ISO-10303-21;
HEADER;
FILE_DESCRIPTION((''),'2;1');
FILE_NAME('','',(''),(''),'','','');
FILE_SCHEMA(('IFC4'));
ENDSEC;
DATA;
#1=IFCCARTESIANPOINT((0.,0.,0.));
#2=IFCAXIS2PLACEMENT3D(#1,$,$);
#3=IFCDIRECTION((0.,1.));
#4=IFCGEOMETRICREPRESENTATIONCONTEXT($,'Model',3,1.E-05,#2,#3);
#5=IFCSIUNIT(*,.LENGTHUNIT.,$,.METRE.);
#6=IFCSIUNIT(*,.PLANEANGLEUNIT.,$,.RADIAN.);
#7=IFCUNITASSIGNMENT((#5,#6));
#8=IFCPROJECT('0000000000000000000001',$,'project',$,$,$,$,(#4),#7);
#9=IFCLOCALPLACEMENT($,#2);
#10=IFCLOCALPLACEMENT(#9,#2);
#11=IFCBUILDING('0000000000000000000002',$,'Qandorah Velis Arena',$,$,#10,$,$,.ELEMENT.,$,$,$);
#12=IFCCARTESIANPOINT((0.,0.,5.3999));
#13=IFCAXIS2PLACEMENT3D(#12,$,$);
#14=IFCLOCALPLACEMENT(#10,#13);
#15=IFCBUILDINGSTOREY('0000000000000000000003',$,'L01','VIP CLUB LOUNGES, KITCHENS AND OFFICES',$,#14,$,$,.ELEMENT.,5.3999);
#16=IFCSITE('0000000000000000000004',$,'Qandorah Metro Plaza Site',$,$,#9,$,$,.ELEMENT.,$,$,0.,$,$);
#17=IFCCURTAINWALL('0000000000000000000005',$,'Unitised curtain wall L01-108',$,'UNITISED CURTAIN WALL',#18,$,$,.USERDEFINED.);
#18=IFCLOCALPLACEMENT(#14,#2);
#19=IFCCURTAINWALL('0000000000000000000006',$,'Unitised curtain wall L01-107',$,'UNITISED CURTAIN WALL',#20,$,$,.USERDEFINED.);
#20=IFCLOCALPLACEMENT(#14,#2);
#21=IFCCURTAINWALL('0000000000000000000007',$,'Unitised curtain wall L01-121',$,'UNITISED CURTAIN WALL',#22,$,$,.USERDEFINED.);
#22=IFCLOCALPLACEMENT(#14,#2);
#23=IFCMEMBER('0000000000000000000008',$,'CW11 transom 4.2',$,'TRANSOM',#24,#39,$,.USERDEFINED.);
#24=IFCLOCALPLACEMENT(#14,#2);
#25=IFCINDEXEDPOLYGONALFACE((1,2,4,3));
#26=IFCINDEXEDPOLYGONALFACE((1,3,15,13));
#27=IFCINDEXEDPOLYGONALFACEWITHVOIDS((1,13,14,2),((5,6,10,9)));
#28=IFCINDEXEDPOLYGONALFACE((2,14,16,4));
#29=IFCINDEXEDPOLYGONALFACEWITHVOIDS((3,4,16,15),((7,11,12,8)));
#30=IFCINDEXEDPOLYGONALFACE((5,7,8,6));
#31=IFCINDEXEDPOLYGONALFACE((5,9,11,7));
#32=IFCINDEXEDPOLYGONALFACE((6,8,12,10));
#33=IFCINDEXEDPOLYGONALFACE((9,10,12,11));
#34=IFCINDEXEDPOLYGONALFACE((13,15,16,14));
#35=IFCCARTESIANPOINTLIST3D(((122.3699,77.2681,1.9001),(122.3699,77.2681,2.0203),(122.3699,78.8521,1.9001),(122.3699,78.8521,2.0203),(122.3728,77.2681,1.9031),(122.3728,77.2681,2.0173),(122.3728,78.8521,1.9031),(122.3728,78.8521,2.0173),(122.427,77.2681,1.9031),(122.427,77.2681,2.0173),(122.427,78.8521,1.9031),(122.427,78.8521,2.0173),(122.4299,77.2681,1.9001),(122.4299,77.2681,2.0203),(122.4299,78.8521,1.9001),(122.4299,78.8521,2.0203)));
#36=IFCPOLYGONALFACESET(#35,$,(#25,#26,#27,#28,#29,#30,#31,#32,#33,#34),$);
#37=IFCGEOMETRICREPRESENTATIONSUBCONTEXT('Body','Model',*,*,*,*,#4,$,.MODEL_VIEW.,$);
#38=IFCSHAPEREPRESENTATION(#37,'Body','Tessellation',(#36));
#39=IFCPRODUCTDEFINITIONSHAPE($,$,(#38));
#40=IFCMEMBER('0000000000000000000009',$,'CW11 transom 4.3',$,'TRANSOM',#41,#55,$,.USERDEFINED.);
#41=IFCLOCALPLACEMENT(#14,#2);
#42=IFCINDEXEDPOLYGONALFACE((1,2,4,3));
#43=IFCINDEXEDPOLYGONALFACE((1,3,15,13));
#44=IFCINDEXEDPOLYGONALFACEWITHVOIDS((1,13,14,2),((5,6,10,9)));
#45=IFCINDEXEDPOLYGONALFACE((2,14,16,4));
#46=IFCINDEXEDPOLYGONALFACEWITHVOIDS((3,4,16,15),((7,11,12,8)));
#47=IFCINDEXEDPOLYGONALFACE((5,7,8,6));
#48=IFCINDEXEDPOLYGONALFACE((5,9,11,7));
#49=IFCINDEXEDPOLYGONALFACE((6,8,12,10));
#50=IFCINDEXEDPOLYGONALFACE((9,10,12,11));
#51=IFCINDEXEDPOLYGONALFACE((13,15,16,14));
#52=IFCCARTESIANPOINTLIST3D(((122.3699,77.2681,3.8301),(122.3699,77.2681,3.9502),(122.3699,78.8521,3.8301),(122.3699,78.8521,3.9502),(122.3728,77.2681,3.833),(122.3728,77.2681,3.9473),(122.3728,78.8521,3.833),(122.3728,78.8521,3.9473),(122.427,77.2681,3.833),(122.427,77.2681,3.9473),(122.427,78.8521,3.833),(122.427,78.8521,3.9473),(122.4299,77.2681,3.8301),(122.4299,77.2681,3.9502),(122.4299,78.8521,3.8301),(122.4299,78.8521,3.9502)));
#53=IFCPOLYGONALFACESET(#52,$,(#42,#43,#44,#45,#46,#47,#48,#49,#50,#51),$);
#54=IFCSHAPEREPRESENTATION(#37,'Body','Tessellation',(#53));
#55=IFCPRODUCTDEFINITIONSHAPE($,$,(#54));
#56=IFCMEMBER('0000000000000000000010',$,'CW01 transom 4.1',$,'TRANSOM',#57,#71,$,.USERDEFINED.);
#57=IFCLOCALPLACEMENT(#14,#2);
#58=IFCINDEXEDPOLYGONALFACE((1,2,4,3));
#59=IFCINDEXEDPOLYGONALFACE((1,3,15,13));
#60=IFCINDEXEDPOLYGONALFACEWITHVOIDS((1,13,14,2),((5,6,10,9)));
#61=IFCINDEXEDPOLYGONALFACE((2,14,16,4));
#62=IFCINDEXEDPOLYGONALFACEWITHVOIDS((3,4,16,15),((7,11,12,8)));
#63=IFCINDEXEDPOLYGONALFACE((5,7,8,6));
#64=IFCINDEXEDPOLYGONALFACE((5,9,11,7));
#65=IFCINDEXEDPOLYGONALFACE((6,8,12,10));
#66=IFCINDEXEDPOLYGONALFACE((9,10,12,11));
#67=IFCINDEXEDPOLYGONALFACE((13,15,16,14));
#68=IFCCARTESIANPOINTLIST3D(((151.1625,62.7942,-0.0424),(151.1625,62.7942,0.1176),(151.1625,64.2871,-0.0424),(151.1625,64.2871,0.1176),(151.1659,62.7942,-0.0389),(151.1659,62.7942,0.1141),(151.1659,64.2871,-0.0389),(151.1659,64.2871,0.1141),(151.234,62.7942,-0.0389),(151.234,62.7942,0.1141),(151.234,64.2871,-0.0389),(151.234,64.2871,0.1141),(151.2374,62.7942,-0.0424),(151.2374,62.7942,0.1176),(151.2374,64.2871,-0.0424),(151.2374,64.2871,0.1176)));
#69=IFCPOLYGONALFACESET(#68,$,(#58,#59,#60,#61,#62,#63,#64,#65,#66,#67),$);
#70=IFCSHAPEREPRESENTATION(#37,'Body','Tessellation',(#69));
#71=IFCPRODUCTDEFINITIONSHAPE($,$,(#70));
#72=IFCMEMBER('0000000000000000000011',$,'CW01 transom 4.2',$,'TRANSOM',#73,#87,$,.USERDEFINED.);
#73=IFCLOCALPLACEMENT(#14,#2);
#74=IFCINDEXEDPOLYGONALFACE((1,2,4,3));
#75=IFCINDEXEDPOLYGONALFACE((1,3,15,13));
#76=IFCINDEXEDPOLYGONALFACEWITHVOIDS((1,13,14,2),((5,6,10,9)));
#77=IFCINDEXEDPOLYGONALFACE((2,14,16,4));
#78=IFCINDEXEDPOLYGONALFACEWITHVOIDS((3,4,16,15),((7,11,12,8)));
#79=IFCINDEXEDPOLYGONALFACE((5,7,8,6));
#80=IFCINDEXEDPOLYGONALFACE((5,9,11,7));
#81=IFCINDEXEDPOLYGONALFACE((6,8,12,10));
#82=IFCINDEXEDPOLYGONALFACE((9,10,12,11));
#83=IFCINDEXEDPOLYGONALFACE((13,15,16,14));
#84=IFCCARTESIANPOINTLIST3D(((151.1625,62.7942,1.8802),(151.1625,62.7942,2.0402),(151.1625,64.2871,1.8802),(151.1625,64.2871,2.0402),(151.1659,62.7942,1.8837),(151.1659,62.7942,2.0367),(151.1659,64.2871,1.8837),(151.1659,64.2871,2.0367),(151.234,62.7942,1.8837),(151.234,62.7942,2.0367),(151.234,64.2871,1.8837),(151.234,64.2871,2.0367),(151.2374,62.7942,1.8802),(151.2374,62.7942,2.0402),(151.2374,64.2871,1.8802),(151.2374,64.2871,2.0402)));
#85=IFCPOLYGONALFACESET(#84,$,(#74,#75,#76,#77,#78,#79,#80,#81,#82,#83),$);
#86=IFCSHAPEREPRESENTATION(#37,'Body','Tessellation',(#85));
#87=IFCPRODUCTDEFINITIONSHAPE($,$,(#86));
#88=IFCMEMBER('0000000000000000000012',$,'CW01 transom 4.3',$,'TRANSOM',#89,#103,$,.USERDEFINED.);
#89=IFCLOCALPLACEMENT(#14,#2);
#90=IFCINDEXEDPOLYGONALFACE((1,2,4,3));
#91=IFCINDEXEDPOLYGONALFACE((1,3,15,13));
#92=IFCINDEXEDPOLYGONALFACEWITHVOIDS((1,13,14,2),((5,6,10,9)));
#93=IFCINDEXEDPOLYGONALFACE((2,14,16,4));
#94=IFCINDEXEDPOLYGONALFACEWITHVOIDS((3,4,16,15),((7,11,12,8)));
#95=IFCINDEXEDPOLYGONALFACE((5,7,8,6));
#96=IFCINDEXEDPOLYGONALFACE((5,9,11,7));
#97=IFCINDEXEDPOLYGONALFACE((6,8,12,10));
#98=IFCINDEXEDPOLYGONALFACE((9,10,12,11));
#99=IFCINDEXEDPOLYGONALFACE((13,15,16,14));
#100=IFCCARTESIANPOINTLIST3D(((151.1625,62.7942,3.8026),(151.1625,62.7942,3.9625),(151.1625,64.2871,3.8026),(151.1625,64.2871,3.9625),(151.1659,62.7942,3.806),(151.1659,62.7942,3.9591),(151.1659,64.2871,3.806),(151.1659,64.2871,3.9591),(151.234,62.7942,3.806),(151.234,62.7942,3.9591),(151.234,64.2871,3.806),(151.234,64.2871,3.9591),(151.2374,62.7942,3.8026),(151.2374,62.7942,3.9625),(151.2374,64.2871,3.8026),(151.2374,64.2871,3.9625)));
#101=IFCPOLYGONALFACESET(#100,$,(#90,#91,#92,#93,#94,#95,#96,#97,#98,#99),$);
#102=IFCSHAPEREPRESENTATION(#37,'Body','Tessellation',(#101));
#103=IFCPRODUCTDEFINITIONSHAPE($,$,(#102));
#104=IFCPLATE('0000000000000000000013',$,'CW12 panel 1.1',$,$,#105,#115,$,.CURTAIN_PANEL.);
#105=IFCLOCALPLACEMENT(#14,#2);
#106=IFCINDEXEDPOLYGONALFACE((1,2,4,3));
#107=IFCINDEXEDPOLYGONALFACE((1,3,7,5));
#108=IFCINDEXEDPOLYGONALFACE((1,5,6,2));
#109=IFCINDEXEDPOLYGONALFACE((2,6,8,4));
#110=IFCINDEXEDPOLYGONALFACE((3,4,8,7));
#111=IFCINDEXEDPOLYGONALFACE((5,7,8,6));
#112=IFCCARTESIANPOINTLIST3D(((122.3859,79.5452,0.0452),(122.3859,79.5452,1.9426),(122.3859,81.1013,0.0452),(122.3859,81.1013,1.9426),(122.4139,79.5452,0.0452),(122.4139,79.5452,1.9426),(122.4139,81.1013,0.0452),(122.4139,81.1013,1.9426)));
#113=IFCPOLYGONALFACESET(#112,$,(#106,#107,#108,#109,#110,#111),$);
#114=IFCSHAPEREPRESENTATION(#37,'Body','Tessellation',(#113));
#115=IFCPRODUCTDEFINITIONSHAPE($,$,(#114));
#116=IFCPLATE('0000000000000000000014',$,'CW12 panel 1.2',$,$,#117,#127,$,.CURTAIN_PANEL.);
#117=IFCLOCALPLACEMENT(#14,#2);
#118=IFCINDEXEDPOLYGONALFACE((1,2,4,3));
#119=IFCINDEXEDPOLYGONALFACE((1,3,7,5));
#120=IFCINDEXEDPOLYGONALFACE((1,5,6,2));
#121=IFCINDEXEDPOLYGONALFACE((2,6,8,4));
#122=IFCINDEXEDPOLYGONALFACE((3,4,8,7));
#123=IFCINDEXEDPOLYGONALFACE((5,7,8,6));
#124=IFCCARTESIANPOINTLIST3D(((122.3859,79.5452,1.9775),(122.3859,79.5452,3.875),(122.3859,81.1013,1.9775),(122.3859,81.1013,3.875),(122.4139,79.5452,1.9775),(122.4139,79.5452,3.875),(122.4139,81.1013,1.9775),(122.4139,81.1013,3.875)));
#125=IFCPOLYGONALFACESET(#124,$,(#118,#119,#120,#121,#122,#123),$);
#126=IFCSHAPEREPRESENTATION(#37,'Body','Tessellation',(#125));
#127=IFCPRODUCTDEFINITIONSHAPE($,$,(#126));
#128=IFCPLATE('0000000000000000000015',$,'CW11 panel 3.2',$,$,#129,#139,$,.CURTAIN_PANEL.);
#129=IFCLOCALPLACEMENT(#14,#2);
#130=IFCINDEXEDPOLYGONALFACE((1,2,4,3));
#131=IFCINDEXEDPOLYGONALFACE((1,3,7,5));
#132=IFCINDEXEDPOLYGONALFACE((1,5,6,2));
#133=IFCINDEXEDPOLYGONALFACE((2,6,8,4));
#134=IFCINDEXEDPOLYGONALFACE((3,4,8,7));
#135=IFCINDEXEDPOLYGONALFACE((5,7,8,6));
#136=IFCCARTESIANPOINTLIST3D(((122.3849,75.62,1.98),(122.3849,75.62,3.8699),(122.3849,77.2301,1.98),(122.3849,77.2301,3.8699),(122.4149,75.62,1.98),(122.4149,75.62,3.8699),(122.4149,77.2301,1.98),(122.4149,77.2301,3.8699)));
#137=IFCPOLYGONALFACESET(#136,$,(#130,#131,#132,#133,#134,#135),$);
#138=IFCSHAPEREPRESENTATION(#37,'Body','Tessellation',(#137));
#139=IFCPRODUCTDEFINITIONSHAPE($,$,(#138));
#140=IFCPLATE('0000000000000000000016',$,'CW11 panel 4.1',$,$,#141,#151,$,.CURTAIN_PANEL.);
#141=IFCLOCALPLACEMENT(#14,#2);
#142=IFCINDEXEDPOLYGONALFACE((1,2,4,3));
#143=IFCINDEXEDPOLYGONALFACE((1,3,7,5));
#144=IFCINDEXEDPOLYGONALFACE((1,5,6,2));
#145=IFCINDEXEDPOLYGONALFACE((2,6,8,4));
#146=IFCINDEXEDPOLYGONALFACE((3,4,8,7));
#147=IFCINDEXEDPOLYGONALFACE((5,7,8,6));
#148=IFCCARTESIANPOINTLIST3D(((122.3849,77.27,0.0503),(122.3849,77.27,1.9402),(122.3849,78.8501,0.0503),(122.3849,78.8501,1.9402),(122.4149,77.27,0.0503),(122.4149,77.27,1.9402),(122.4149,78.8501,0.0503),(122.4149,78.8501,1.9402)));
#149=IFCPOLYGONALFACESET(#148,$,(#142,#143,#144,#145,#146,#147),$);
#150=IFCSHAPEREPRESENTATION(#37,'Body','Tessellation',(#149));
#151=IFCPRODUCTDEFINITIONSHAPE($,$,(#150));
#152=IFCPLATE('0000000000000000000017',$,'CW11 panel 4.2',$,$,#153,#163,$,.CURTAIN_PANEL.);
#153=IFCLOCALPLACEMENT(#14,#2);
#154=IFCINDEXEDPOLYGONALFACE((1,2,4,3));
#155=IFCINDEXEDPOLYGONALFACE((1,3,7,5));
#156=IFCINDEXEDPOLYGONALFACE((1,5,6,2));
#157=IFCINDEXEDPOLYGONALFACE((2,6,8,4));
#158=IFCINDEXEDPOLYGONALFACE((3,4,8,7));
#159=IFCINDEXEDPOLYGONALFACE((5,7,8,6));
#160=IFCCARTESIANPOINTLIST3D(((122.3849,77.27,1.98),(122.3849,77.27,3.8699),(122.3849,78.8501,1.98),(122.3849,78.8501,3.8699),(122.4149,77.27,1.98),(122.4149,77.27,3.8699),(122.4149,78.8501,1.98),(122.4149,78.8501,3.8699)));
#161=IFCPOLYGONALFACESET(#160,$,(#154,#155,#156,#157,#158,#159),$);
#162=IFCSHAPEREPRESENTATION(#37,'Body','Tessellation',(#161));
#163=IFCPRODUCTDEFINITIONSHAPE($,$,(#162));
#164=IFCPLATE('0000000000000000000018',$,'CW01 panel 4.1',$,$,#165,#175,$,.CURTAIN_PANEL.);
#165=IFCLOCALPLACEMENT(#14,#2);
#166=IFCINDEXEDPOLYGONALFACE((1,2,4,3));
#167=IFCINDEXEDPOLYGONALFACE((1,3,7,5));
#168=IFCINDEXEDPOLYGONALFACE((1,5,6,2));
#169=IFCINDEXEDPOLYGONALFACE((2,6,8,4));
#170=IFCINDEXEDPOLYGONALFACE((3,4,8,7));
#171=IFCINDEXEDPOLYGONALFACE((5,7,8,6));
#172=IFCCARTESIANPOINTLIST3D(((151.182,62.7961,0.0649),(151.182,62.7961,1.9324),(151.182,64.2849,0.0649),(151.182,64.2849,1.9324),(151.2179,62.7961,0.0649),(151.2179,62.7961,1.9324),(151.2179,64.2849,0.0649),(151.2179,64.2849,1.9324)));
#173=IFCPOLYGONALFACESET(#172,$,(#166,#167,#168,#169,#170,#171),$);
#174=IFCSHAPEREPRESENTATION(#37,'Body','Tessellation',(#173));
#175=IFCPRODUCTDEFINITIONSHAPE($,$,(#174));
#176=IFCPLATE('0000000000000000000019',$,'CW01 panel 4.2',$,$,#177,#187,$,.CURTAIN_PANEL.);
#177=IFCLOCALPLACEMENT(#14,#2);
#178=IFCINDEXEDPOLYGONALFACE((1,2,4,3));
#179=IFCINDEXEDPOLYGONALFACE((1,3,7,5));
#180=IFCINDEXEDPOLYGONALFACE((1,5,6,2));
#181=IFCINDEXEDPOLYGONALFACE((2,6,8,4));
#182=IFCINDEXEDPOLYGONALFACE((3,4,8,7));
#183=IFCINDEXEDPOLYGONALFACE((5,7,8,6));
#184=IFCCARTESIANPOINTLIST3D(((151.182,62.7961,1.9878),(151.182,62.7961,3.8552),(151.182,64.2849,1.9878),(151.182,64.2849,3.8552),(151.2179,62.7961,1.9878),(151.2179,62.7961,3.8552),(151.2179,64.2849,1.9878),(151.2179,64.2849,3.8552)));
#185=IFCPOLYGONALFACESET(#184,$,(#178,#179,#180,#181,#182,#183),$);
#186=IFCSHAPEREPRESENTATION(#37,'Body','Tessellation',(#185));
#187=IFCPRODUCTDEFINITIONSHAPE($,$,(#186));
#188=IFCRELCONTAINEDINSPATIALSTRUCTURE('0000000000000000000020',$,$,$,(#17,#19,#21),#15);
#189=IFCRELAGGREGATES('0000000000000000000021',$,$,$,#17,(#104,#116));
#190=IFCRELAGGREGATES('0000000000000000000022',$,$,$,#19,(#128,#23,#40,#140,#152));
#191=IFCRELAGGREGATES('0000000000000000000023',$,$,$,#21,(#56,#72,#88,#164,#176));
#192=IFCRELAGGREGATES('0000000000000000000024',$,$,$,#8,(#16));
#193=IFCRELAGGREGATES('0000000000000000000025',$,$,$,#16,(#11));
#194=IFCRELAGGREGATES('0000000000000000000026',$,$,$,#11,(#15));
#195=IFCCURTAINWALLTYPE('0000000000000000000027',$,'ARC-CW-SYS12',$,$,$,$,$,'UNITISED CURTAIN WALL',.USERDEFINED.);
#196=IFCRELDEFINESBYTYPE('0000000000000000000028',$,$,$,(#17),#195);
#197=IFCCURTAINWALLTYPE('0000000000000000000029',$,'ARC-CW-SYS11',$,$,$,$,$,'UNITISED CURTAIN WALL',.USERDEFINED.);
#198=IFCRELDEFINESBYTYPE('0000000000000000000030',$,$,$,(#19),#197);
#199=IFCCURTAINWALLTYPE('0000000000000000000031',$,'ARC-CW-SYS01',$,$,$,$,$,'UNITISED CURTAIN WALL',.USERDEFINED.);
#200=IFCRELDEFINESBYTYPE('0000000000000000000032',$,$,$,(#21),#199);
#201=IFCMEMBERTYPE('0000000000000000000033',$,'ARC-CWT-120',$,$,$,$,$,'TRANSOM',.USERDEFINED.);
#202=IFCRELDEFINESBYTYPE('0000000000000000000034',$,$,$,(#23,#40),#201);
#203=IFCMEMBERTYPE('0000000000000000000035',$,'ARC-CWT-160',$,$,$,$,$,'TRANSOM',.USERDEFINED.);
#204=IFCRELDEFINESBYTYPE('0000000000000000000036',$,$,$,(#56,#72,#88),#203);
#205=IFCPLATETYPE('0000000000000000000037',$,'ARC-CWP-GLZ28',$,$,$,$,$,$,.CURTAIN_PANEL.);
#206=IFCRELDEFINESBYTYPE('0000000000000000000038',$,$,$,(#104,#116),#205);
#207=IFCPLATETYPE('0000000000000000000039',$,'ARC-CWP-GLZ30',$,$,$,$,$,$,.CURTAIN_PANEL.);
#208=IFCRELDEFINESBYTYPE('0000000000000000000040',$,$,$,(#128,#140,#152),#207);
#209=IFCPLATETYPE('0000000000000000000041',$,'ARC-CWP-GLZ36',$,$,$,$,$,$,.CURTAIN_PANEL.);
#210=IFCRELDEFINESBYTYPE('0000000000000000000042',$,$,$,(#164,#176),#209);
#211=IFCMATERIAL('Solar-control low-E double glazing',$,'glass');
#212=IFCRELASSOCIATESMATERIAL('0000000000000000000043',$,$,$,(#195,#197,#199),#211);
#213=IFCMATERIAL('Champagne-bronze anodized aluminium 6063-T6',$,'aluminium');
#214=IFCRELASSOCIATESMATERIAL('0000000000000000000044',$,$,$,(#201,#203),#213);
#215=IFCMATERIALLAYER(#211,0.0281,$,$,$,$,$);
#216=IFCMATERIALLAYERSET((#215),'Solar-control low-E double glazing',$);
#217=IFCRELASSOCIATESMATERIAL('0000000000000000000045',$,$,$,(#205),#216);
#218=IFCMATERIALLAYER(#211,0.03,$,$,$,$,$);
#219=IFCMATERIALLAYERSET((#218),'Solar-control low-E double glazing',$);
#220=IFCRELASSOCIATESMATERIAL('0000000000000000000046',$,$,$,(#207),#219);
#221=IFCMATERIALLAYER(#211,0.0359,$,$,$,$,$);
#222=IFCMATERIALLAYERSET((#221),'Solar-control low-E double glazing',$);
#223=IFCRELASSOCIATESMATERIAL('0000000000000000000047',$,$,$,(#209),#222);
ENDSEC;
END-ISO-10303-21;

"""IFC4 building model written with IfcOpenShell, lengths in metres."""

from ifc_helpers import new_model, si_unit, direction, frame, origin, origin_2d, place, context, subcontext, project, spatial, rectangle, hollow_rectangle, extrude, material, layer, layer_set, material_profile, profile_set, type_object, element, aggregate, save


model = new_model("IFC4")

# Units and contexts
model_context = context("Model", 3, precision=1e-05, world=origin(), true_north=direction((0.0, 1.0)))
body_context = subcontext(model_context, "Body", "Model", "MODEL_VIEW")
ifc_project = project(units=[si_unit("LENGTHUNIT", "METRE"), si_unit("PLANEANGLEUNIT", "RADIAN")], contexts=[model_context])

# Site, building, storey
site_placement = place(None, origin())
site = spatial("IfcSite", under=ifc_project, at=site_placement, Name="Qandorah Metro Plaza Site", CompositionType="ELEMENT", RefElevation=0.0)
building_placement = place(site_placement, origin())
building = spatial("IfcBuilding", under=site, at=building_placement, Name="Qandorah Velis Arena", CompositionType="ELEMENT")
storey_placement = place(building_placement, frame((0.0, 0.0, 5.3999)))
storey = spatial("IfcBuildingStorey", under=building, at=storey_placement, Name="L01", Description="VIP CLUB LOUNGES, KITCHENS AND OFFICES", CompositionType="ELEMENT", Elevation=5.3999)

# Curtain walls
ifc_material_1 = material(Name="Solar-control low-E double glazing", Category="glass")
curtain_wall_type_1 = type_object("IfcCurtainWallType", Name="ARC-CW-SYS12", ElementType="UNITISED CURTAIN WALL", PredefinedType="USERDEFINED", material=ifc_material_1)
curtain_wall_1_placement = place(storey_placement, origin())
curtain_wall_1 = element("IfcCurtainWall", 1, at=curtain_wall_1_placement, inside=storey, type_object=curtain_wall_type_1, Name="Unitised curtain wall L01-108", ObjectType="UNITISED CURTAIN WALL", PredefinedType="USERDEFINED")
ifc_material_2 = material(Name="Champagne-bronze anodized aluminium 6063-T6", Category="aluminium")
curtain_wall_type_2 = type_object("IfcCurtainWallType", Name="ARC-CW-SYS11", ElementType="UNITISED CURTAIN WALL", PredefinedType="USERDEFINED", material=ifc_material_1)
curtain_wall_2_placement = place(storey_placement, origin())
curtain_wall_2 = element("IfcCurtainWall", 2, at=curtain_wall_2_placement, inside=storey, type_object=curtain_wall_type_2, Name="Unitised curtain wall L01-107", ObjectType="UNITISED CURTAIN WALL", PredefinedType="USERDEFINED")

# Curtain wall
curtain_wall_type_3 = type_object("IfcCurtainWallType", Name="ARC-CW-SYS01", ElementType="UNITISED CURTAIN WALL", PredefinedType="USERDEFINED", material=ifc_material_1)
curtain_wall_3_placement = place(storey_placement, origin())
curtain_wall_3 = element("IfcCurtainWall", 3, at=curtain_wall_3_placement, inside=storey, type_object=curtain_wall_type_3, Name="Unitised curtain wall L01-121", ObjectType="UNITISED CURTAIN WALL", PredefinedType="USERDEFINED")

# Members
ifc_material_profile_1 = material_profile(ifc_material_2, hollow_rectangle(XDim=0.0601, YDim=0.1201, WallThickness=0.0029, at=origin_2d()), Name="ALU TRANSOM 60x120")
ifc_profile_set_1 = profile_set([ifc_material_profile_1], Name="Champagne-bronze anodized aluminium 6063-T6")
member_type_1 = type_object("IfcMemberType", Name="ARC-CWT-120", ElementType="TRANSOM", PredefinedType="USERDEFINED", material=ifc_profile_set_1)
member_1_placement = place(storey_placement, frame((122.3999, 77.2681, 1.9602), z_axis=(0.0, 1.0, 0.0), x_axis=(-1.0, 0.0, 0.0)))
member_1 = element("IfcMember", 4, at=member_1_placement, type_object=member_type_1, Name="CW11 transom 4.2", ObjectType="TRANSOM", PredefinedType="USERDEFINED", context=body_context, shape_type="SweptSolid", body=[
    extrude(hollow_rectangle(XDim=0.0601, YDim=0.1201, WallThickness=0.0029, at=origin_2d()), origin(), (0.0, 0.0, 1.0), 1.584),
])
member_2_placement = place(storey_placement, frame((122.3999, 77.2681, 3.8901), z_axis=(0.0, 1.0, 0.0), x_axis=(-1.0, 0.0, 0.0)))
member_2 = element("IfcMember", 5, at=member_2_placement, type_object=member_type_1, Name="CW11 transom 4.3", ObjectType="TRANSOM", PredefinedType="USERDEFINED", context=body_context, shape_type="SweptSolid", body=[
    extrude(hollow_rectangle(XDim=0.0601, YDim=0.1201, WallThickness=0.0029, at=origin_2d()), origin(), (0.0, 0.0, 1.0), 1.584),
])
ifc_material_profile_2 = material_profile(ifc_material_2, hollow_rectangle(XDim=0.075, YDim=0.1599, WallThickness=0.0034, at=origin_2d()), Name="ALU TRANSOM 75x160")
ifc_profile_set_2 = profile_set([ifc_material_profile_2], Name="Champagne-bronze anodized aluminium 6063-T6")
member_type_2 = type_object("IfcMemberType", Name="ARC-CWT-160", ElementType="TRANSOM", PredefinedType="USERDEFINED", material=ifc_profile_set_2)
member_3_placement = place(storey_placement, frame((151.2, 62.7942, 0.0376), z_axis=(0.0, 1.0, 0.0), x_axis=(-1.0, 0.0, 0.0)))
member_3 = element("IfcMember", 6, at=member_3_placement, type_object=member_type_2, Name="CW01 transom 4.1", ObjectType="TRANSOM", PredefinedType="USERDEFINED", context=body_context, shape_type="SweptSolid", body=[
    extrude(hollow_rectangle(XDim=0.075, YDim=0.1599, WallThickness=0.0034, at=origin_2d()), origin(), (0.0, 0.0, 1.0), 1.4929),
])
member_4_placement = place(storey_placement, frame((151.2, 62.7942, 1.9602), z_axis=(0.0, 1.0, 0.0), x_axis=(-1.0, 0.0, 0.0)))
member_4 = element("IfcMember", 7, at=member_4_placement, type_object=member_type_2, Name="CW01 transom 4.2", ObjectType="TRANSOM", PredefinedType="USERDEFINED", context=body_context, shape_type="SweptSolid", body=[
    extrude(hollow_rectangle(XDim=0.075, YDim=0.1599, WallThickness=0.0034, at=origin_2d()), origin(), (0.0, 0.0, 1.0), 1.4929),
])
member_5_placement = place(storey_placement, frame((151.2, 62.7942, 3.8826), z_axis=(0.0, 1.0, 0.0), x_axis=(-1.0, 0.0, 0.0)))
member_5 = element("IfcMember", 8, at=member_5_placement, type_object=member_type_2, Name="CW01 transom 4.3", ObjectType="TRANSOM", PredefinedType="USERDEFINED", context=body_context, shape_type="SweptSolid", body=[
    extrude(hollow_rectangle(XDim=0.075, YDim=0.1599, WallThickness=0.0034, at=origin_2d()), origin(), (0.0, 0.0, 1.0), 1.4929),
])

# Plates
ifc_layer_1 = layer(ifc_material_1, 0.0281)
ifc_layer_set_1 = layer_set([ifc_layer_1], Name="Solar-control low-E double glazing")
plate_type_1 = type_object("IfcPlateType", Name="ARC-CWP-GLZ28", PredefinedType="CURTAIN_PANEL", material=ifc_layer_set_1)
plate_1_placement = place(storey_placement, frame((122.3999, 80.3232, 0.0452), z_axis=(0.0, 0.0, 1.0), x_axis=(0.0, 1.0, 0.0)))
plate_1 = element("IfcPlate", 9, at=plate_1_placement, type_object=plate_type_1, Name="CW12 panel 1.1", PredefinedType="CURTAIN_PANEL", context=body_context, shape_type="SweptSolid", body=[
    extrude(rectangle(XDim=1.5562, YDim=0.0281, at=origin_2d()), origin(), (0.0, 0.0, 1.0), 1.8975),
])
plate_2_placement = place(storey_placement, frame((122.3999, 80.3232, 1.9775), z_axis=(0.0, 0.0, 1.0), x_axis=(0.0, 1.0, 0.0)))
plate_2 = element("IfcPlate", 10, at=plate_2_placement, type_object=plate_type_1, Name="CW12 panel 1.2", PredefinedType="CURTAIN_PANEL", context=body_context, shape_type="SweptSolid", body=[
    extrude(rectangle(XDim=1.5562, YDim=0.0281, at=origin_2d()), origin(), (0.0, 0.0, 1.0), 1.8975),
])
aggregate(curtain_wall_1, [plate_1, plate_2])
ifc_layer_2 = layer(ifc_material_1, 0.03)
ifc_layer_set_2 = layer_set([ifc_layer_2], Name="Solar-control low-E double glazing")
plate_type_2 = type_object("IfcPlateType", Name="ARC-CWP-GLZ30", PredefinedType="CURTAIN_PANEL", material=ifc_layer_set_2)
plate_3_placement = place(storey_placement, frame((122.3999, 76.425, 1.98), z_axis=(0.0, 0.0, 1.0), x_axis=(0.0, 1.0, 0.0)))
plate_3 = element("IfcPlate", 11, at=plate_3_placement, type_object=plate_type_2, Name="CW11 panel 3.2", PredefinedType="CURTAIN_PANEL", context=body_context, shape_type="SweptSolid", body=[
    extrude(rectangle(XDim=1.6101, YDim=0.03, at=origin_2d()), origin(), (0.0, 0.0, 1.0), 1.8899),
])
plate_4_placement = place(storey_placement, frame((122.3999, 78.0601, 0.0503), z_axis=(0.0, 0.0, 1.0), x_axis=(0.0, 1.0, 0.0)))
plate_4 = element("IfcPlate", 12, at=plate_4_placement, type_object=plate_type_2, Name="CW11 panel 4.1", PredefinedType="CURTAIN_PANEL", context=body_context, shape_type="SweptSolid", body=[
    extrude(rectangle(XDim=1.5801, YDim=0.03, at=origin_2d()), origin(), (0.0, 0.0, 1.0), 1.8899),
])
plate_5_placement = place(storey_placement, frame((122.3999, 78.0601, 1.98), z_axis=(0.0, 0.0, 1.0), x_axis=(0.0, 1.0, 0.0)))
plate_5 = element("IfcPlate", 13, at=plate_5_placement, type_object=plate_type_2, Name="CW11 panel 4.2", PredefinedType="CURTAIN_PANEL", context=body_context, shape_type="SweptSolid", body=[
    extrude(rectangle(XDim=1.5801, YDim=0.03, at=origin_2d()), origin(), (0.0, 0.0, 1.0), 1.8899),
])
aggregate(curtain_wall_2, [plate_3, member_1, member_2, plate_4, plate_5])
ifc_layer_3 = layer(ifc_material_1, 0.0359)
ifc_layer_set_3 = layer_set([ifc_layer_3], Name="Solar-control low-E double glazing")
plate_type_3 = type_object("IfcPlateType", Name="ARC-CWP-GLZ36", PredefinedType="CURTAIN_PANEL", material=ifc_layer_set_3)
plate_6_placement = place(storey_placement, frame((151.2, 63.5405, 0.0649), z_axis=(0.0, 0.0, 1.0), x_axis=(0.0, 1.0, 0.0)))
plate_6 = element("IfcPlate", 14, at=plate_6_placement, type_object=plate_type_3, Name="CW01 panel 4.1", PredefinedType="CURTAIN_PANEL", context=body_context, shape_type="SweptSolid", body=[
    extrude(rectangle(XDim=1.4888, YDim=0.0359, at=origin_2d()), origin(), (0.0, 0.0, 1.0), 1.8674),
])
plate_7_placement = place(storey_placement, frame((151.2, 63.5405, 1.9878), z_axis=(0.0, 0.0, 1.0), x_axis=(0.0, 1.0, 0.0)))
plate_7 = element("IfcPlate", 15, at=plate_7_placement, type_object=plate_type_3, Name="CW01 panel 4.2", PredefinedType="CURTAIN_PANEL", context=body_context, shape_type="SweptSolid", body=[
    extrude(rectangle(XDim=1.4888, YDim=0.0359, at=origin_2d()), origin(), (0.0, 0.0, 1.0), 1.8674),
])
aggregate(curtain_wall_3, [member_3, member_4, member_5, plate_6, plate_7])

save(model, "model.ifc")
